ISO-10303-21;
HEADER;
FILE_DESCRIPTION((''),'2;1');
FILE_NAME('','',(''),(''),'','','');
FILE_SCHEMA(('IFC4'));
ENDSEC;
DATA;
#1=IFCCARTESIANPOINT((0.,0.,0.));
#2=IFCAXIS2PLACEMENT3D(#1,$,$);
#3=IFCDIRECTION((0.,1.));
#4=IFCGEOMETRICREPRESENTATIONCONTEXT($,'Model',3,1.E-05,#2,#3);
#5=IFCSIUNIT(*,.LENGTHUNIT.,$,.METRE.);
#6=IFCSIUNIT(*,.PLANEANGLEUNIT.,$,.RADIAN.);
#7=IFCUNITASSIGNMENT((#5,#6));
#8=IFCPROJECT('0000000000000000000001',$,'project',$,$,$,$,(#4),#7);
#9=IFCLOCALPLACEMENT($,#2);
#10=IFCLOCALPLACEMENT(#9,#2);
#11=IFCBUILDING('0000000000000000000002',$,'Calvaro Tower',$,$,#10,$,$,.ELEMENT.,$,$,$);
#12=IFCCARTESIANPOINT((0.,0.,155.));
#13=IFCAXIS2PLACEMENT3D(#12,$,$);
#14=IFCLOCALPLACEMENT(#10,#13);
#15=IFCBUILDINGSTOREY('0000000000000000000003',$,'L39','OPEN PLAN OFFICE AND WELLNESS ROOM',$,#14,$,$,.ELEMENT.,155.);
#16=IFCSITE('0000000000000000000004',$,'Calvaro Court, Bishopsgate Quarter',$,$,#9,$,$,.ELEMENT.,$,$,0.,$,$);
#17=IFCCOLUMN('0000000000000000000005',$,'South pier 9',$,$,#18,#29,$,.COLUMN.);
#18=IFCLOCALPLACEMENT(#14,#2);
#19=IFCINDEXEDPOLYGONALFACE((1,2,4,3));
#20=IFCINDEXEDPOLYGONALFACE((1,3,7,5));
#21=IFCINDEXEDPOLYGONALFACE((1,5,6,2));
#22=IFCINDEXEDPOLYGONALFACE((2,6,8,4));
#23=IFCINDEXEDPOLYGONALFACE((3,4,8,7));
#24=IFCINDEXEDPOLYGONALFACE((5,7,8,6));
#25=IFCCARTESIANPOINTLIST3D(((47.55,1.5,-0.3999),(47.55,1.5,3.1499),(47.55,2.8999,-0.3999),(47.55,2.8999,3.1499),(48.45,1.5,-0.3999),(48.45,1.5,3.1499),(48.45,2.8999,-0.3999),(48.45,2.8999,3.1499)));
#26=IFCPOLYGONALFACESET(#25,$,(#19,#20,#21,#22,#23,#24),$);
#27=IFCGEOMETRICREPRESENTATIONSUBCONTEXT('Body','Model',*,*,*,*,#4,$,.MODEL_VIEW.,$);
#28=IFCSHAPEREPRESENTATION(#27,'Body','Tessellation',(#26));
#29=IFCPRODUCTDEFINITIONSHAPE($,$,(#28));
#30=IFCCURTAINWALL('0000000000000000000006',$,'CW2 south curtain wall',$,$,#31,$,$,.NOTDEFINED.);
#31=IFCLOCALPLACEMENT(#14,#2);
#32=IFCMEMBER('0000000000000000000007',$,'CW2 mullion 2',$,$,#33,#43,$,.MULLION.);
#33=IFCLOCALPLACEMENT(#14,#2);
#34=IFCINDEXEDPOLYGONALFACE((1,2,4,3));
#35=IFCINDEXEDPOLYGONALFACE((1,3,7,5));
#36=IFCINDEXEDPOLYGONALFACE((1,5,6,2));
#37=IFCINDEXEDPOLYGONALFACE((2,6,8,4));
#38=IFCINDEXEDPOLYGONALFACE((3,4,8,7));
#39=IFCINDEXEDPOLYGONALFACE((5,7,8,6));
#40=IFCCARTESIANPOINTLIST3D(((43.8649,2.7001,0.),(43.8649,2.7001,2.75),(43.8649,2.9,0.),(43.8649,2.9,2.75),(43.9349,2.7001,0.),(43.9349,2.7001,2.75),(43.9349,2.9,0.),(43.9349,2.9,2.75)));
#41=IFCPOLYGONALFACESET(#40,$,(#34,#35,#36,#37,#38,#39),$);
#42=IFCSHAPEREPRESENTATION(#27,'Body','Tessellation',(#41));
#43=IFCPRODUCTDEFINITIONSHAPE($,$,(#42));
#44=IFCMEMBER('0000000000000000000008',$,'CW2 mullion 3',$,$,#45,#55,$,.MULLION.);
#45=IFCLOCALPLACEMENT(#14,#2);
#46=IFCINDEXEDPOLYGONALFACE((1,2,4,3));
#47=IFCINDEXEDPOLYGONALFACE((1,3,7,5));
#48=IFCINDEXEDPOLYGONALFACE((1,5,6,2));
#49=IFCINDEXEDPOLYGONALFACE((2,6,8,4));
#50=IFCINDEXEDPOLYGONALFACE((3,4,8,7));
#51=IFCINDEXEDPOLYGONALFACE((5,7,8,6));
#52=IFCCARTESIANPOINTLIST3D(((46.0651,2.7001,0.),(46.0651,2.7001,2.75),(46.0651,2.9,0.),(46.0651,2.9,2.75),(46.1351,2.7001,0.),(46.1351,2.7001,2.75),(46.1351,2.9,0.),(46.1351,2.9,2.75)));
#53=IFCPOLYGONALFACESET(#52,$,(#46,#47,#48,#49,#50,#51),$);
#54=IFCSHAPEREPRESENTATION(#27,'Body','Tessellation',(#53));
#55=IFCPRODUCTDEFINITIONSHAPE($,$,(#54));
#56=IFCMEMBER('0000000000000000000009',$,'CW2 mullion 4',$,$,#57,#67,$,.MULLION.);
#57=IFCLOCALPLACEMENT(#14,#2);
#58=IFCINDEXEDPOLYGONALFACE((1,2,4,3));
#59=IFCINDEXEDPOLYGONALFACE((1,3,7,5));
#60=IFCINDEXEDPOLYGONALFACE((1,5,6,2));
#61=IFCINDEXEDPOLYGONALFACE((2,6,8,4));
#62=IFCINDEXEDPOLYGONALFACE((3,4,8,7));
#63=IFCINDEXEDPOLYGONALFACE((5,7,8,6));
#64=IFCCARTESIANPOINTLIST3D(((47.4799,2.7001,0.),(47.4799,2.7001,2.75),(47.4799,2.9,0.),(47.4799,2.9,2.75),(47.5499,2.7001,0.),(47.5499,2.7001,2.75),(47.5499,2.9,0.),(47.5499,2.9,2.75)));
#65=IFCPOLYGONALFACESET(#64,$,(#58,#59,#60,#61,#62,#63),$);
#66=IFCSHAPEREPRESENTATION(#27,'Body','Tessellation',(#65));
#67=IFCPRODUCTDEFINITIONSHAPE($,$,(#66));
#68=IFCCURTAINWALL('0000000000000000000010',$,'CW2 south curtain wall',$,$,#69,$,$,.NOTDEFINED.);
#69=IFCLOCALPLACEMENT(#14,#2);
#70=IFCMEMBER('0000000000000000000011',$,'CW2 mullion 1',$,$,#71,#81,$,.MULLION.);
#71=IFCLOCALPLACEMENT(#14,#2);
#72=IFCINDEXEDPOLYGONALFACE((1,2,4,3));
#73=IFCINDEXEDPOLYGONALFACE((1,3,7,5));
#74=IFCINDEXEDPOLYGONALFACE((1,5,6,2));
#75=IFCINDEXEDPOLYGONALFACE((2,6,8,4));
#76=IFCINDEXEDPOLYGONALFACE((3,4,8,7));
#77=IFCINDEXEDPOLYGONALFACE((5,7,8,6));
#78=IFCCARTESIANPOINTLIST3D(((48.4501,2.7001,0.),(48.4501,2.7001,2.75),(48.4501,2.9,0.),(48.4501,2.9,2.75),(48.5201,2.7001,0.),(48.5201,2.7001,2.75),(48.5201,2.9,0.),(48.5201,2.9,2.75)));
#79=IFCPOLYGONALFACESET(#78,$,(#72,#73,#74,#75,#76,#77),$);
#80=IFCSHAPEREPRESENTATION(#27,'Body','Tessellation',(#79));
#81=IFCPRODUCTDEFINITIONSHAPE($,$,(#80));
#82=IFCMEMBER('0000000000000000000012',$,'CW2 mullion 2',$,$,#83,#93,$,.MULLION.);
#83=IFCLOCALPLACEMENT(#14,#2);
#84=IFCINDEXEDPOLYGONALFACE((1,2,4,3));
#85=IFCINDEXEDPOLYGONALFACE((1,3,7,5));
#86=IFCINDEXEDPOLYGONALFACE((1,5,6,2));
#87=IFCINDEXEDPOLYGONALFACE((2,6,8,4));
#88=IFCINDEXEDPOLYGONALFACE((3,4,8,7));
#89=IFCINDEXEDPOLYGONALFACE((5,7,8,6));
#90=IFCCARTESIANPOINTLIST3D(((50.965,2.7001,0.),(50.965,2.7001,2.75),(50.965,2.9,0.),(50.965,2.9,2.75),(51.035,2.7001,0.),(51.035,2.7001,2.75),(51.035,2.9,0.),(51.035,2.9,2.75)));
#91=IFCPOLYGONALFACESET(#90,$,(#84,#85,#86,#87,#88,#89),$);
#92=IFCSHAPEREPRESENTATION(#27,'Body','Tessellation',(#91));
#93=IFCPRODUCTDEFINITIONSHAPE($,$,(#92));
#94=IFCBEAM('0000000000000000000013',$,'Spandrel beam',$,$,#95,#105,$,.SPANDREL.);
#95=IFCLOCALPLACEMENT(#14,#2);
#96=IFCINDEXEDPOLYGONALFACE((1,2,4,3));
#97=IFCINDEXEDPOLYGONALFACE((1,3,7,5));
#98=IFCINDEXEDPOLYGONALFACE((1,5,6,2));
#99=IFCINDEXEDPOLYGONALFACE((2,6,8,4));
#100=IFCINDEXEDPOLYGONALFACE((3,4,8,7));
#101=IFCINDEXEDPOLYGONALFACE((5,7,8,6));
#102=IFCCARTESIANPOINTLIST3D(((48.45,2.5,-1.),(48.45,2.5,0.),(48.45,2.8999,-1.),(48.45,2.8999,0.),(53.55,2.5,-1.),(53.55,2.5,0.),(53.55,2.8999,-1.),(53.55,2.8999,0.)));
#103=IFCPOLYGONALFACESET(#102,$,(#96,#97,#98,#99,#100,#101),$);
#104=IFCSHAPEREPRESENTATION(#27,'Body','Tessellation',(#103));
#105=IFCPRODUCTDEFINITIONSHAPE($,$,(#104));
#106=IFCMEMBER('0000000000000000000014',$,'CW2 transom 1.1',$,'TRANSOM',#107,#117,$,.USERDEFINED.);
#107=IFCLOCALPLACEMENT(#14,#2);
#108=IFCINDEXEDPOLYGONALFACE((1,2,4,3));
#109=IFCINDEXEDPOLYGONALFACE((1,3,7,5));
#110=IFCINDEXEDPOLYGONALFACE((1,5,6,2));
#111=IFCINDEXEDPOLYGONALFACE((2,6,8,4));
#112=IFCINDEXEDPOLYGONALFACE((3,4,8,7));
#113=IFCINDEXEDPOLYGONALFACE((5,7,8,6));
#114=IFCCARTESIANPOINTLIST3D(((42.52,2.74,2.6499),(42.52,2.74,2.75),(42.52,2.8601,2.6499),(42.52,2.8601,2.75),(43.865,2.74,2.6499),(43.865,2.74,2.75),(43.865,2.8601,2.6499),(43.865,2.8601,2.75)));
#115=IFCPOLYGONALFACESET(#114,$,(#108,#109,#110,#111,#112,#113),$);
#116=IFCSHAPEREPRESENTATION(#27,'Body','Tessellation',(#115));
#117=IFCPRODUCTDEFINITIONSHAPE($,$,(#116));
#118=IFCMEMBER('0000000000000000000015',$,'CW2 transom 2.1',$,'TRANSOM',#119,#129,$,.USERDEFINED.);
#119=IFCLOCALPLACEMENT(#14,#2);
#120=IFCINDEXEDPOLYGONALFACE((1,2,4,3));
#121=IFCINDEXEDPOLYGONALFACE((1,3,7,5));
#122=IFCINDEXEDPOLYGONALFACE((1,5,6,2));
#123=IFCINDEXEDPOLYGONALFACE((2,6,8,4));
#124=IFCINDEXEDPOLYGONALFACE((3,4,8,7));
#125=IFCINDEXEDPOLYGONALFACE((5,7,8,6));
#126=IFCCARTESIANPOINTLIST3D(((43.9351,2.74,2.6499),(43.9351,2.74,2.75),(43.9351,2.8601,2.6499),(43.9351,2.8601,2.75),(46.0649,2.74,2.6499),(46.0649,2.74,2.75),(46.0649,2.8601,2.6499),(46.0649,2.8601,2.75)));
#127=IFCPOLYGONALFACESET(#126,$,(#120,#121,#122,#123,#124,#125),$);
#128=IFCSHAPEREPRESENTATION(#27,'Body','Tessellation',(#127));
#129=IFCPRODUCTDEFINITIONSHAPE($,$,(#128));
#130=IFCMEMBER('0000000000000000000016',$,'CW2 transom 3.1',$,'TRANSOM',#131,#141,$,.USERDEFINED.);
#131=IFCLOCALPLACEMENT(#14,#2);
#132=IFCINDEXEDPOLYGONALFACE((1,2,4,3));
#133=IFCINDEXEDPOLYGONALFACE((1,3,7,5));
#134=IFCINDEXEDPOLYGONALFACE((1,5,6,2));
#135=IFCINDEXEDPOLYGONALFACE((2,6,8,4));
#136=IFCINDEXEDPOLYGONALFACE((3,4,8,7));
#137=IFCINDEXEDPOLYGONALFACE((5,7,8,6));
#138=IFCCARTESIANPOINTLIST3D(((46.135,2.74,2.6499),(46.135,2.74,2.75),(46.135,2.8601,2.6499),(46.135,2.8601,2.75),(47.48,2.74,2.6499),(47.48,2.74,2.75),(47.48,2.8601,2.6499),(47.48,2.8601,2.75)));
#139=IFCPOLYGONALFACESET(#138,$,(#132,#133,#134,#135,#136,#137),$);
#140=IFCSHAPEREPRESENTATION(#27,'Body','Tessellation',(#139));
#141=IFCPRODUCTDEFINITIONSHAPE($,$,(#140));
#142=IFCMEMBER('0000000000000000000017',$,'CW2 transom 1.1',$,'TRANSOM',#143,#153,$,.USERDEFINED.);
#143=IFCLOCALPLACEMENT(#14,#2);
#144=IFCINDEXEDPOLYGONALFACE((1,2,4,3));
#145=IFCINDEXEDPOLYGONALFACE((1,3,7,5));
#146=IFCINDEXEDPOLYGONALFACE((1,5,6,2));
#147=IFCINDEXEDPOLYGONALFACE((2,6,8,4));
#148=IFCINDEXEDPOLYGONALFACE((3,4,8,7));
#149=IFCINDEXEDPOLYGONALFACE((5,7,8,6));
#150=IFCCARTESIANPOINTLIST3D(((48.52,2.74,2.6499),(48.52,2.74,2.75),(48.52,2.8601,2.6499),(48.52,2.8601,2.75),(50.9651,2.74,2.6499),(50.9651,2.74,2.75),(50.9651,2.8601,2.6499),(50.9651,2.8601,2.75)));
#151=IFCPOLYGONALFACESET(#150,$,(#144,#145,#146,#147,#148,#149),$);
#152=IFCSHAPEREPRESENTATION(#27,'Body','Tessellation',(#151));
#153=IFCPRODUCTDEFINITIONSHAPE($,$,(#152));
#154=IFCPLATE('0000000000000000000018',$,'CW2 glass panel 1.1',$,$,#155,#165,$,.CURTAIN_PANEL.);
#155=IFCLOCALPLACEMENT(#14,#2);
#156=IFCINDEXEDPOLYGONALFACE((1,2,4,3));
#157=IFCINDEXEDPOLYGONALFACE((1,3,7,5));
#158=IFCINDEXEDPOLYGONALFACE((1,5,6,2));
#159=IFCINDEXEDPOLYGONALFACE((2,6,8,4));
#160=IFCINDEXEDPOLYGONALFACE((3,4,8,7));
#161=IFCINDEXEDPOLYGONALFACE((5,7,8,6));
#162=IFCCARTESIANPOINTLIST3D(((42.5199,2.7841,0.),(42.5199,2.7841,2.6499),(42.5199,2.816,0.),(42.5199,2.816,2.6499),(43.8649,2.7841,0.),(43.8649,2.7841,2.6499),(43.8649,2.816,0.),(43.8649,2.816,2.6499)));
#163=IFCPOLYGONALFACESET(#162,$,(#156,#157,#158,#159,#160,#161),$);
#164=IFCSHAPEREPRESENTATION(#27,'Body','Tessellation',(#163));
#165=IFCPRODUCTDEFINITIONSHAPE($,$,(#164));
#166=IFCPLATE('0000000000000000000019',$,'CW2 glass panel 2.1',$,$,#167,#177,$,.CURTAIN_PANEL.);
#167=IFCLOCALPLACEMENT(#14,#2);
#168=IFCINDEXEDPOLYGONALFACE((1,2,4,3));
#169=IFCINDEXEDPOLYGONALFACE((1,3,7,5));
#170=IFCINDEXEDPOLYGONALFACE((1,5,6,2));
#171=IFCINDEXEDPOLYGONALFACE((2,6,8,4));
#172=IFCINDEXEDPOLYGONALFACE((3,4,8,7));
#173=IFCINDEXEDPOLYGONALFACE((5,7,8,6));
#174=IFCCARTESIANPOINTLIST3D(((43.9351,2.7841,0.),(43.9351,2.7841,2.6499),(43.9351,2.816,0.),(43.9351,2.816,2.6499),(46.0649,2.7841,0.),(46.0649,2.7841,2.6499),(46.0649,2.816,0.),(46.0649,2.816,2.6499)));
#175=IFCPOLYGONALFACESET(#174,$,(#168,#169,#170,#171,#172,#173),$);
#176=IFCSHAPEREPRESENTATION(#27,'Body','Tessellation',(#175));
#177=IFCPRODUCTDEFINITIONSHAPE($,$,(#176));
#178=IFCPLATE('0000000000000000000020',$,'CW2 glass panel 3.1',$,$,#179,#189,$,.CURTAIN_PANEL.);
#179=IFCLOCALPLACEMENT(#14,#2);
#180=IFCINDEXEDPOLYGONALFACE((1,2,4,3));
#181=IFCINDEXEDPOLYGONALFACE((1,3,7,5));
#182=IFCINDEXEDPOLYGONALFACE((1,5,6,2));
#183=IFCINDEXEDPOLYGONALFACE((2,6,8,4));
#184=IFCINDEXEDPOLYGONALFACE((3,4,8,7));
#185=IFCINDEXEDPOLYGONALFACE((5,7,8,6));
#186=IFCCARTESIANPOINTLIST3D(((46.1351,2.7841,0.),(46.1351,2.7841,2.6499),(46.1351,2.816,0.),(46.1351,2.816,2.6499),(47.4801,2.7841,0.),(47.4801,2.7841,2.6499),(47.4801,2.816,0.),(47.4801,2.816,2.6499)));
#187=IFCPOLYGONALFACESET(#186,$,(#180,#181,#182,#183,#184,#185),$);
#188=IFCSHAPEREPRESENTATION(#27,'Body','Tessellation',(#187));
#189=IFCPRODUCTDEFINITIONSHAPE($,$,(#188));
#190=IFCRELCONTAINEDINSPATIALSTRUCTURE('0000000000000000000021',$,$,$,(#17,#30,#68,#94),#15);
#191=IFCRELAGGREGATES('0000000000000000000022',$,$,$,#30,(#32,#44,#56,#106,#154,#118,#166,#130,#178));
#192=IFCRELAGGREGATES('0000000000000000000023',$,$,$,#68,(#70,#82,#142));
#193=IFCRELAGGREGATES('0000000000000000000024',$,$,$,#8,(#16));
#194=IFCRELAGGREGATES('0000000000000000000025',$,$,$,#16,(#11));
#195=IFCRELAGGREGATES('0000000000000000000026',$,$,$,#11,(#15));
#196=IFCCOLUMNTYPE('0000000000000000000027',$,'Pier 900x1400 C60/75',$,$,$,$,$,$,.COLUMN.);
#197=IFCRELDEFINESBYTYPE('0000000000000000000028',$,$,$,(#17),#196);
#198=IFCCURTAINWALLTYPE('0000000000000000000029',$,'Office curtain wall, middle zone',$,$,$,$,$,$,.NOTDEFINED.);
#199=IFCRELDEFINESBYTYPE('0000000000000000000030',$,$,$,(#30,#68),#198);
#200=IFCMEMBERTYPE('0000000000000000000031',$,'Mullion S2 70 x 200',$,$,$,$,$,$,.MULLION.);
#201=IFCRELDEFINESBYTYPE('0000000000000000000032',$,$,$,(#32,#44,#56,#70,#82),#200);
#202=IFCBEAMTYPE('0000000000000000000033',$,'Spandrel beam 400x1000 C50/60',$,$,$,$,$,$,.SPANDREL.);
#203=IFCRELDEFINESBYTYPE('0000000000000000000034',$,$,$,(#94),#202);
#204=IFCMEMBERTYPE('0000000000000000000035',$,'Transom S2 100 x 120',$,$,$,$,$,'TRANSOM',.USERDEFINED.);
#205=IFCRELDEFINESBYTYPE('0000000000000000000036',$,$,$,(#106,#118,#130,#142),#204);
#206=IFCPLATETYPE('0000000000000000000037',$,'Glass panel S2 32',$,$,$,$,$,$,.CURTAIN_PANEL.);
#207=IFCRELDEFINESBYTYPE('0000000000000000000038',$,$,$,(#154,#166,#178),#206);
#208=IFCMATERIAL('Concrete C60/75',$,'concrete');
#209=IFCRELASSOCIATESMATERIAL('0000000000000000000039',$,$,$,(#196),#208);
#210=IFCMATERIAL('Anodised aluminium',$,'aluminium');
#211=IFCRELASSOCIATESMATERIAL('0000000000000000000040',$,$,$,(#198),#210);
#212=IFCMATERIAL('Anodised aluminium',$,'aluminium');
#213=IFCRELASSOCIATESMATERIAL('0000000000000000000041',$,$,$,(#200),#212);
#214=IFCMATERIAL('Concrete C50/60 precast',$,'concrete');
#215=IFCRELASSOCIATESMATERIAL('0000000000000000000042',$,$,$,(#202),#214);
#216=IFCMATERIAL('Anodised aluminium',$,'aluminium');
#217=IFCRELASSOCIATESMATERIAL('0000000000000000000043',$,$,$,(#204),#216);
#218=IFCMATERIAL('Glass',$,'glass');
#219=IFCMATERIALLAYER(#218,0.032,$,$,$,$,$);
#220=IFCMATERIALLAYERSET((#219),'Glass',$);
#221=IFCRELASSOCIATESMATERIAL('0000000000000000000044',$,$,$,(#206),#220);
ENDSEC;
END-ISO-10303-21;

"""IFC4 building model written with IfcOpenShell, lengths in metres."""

from ifc_helpers import new_model, si_unit, direction, frame, origin, origin_2d, place, context, subcontext, project, spatial, rectangle, extrude, material, layer, layer_set, material_profile, profile_set, type_object, element, aggregate, save


model = new_model("IFC4")

# Units and contexts
model_context = context("Model", 3, precision=1e-05, world=origin(), true_north=direction((0.0, 1.0)))
body_context = subcontext(model_context, "Body", "Model", "MODEL_VIEW")
ifc_project = project(units=[si_unit("LENGTHUNIT", "METRE"), si_unit("PLANEANGLEUNIT", "RADIAN")], contexts=[model_context])

# Site, building, storey
site_placement = place(None, origin())
site = spatial("IfcSite", under=ifc_project, at=site_placement, Name="Calvaro Court, Bishopsgate Quarter", CompositionType="ELEMENT", RefElevation=0.0)
building_placement = place(site_placement, origin())
building = spatial("IfcBuilding", under=site, at=building_placement, Name="Calvaro Tower", CompositionType="ELEMENT")
storey_placement = place(building_placement, frame((0.0, 0.0, 155.0)))
storey = spatial("IfcBuildingStorey", under=building, at=storey_placement, Name="L39", Description="OPEN PLAN OFFICE AND WELLNESS ROOM", CompositionType="ELEMENT", Elevation=155.0)

# Column
ifc_material_1 = material(Name="Concrete C60/75", Category="concrete")
ifc_material_profile_1 = material_profile(ifc_material_1, rectangle(XDim=0.8999, YDim=1.3999, at=origin_2d()), Name="RC 900x1400")
ifc_profile_set_1 = profile_set([ifc_material_profile_1], Name="Concrete C60/75")
column_type = type_object("IfcColumnType", Name="Pier 900x1400 C60/75", PredefinedType="COLUMN", material=ifc_profile_set_1)
column_placement = place(storey_placement, frame((48.0, 2.2, -0.3999), z_axis=(0.0, 0.0, 1.0), x_axis=(1.0, 0.0, 0.0)))
element("IfcColumn", 1, at=column_placement, inside=storey, type_object=column_type, Name="South pier 9", PredefinedType="COLUMN", context=body_context, shape_type="SweptSolid", body=[
    extrude(rectangle(XDim=0.8999, YDim=1.3999, at=origin_2d()), origin(), (0.0, 0.0, 1.0), 3.5498),
])

# Curtain walls, members
ifc_material_2 = material(Name="Anodised aluminium", Category="aluminium")
curtain_wall_type = type_object("IfcCurtainWallType", Name="Office curtain wall, middle zone", PredefinedType="NOTDEFINED", material=ifc_material_2)
curtain_wall_1_placement = place(storey_placement, origin())
curtain_wall_1 = element("IfcCurtainWall", 2, at=curtain_wall_1_placement, inside=storey, type_object=curtain_wall_type, Name="CW2 south curtain wall", PredefinedType="NOTDEFINED")
ifc_material_3 = material(Name="Anodised aluminium", Category="aluminium")
ifc_material_profile_2 = material_profile(ifc_material_3, rectangle(XDim=0.2, YDim=0.0701, at=origin_2d()), Name="Mullion S2 70 x 200")
ifc_profile_set_2 = profile_set([ifc_material_profile_2], Name="Anodised aluminium")
member_type_1 = type_object("IfcMemberType", Name="Mullion S2 70 x 200", PredefinedType="MULLION", material=ifc_profile_set_2)
member_1_placement = place(storey_placement, frame((43.8999, 2.8, 0.0), z_axis=(0.0, 0.0, 1.0), x_axis=(0.0, 1.0, 0.0)))
member_1 = element("IfcMember", 3, at=member_1_placement, type_object=member_type_1, Name="CW2 mullion 2", PredefinedType="MULLION", context=body_context, shape_type="SweptSolid", body=[
    extrude(rectangle(XDim=0.2, YDim=0.0701, at=origin_2d()), origin(), (0.0, 0.0, 1.0), 2.75),
])
member_2_placement = place(storey_placement, frame((46.1001, 2.8, 0.0), z_axis=(0.0, 0.0, 1.0), x_axis=(0.0, 1.0, 0.0)))
member_2 = element("IfcMember", 4, at=member_2_placement, type_object=member_type_1, Name="CW2 mullion 3", PredefinedType="MULLION", context=body_context, shape_type="SweptSolid", body=[
    extrude(rectangle(XDim=0.2, YDim=0.0701, at=origin_2d()), origin(), (0.0, 0.0, 1.0), 2.75),
])
member_3_placement = place(storey_placement, frame((47.5149, 2.8, 0.0), z_axis=(0.0, 0.0, 1.0), x_axis=(0.0, 1.0, 0.0)))
member_3 = element("IfcMember", 5, at=member_3_placement, type_object=member_type_1, Name="CW2 mullion 4", PredefinedType="MULLION", context=body_context, shape_type="SweptSolid", body=[
    extrude(rectangle(XDim=0.2, YDim=0.0701, at=origin_2d()), origin(), (0.0, 0.0, 1.0), 2.75),
])
curtain_wall_2_placement = place(storey_placement, origin())
curtain_wall_2 = element("IfcCurtainWall", 6, at=curtain_wall_2_placement, inside=storey, type_object=curtain_wall_type, Name="CW2 south curtain wall", PredefinedType="NOTDEFINED")
member_4_placement = place(storey_placement, frame((48.4851, 2.8, 0.0), z_axis=(0.0, 0.0, 1.0), x_axis=(0.0, 1.0, 0.0)))
member_4 = element("IfcMember", 7, at=member_4_placement, type_object=member_type_1, Name="CW2 mullion 1", PredefinedType="MULLION", context=body_context, shape_type="SweptSolid", body=[
    extrude(rectangle(XDim=0.2, YDim=0.0701, at=origin_2d()), origin(), (0.0, 0.0, 1.0), 2.75),
])
member_5_placement = place(storey_placement, frame((51.0, 2.8, 0.0), z_axis=(0.0, 0.0, 1.0), x_axis=(0.0, 1.0, 0.0)))
member_5 = element("IfcMember", 8, at=member_5_placement, type_object=member_type_1, Name="CW2 mullion 2", PredefinedType="MULLION", context=body_context, shape_type="SweptSolid", body=[
    extrude(rectangle(XDim=0.2, YDim=0.0701, at=origin_2d()), origin(), (0.0, 0.0, 1.0), 2.75),
])

# Beam
ifc_material_4 = material(Name="Concrete C50/60 precast", Category="concrete")
ifc_material_profile_3 = material_profile(ifc_material_4, rectangle(XDim=0.3999, YDim=1.0, at=origin_2d()), Name="RC 400x1000")
ifc_profile_set_3 = profile_set([ifc_material_profile_3], Name="Concrete C50/60 precast")
beam_type = type_object("IfcBeamType", Name="Spandrel beam 400x1000 C50/60", PredefinedType="SPANDREL", material=ifc_profile_set_3)
beam_placement = place(storey_placement, frame((48.45, 2.7, -0.5), z_axis=(1.0, 0.0, 0.0), x_axis=(0.0, 1.0, 0.0)))
element("IfcBeam", 9, at=beam_placement, inside=storey, type_object=beam_type, Name="Spandrel beam", PredefinedType="SPANDREL", context=body_context, shape_type="SweptSolid", body=[
    extrude(rectangle(XDim=0.3999, YDim=1.0, at=origin_2d()), origin(), (0.0, 0.0, 1.0), 5.1001),
])

# Members
ifc_material_5 = material(Name="Anodised aluminium", Category="aluminium")
ifc_material_profile_4 = material_profile(ifc_material_5, rectangle(XDim=0.1201, YDim=0.1001, at=origin_2d()), Name="Transom S2 100 x 120")
ifc_profile_set_4 = profile_set([ifc_material_profile_4], Name="Anodised aluminium")
member_type_2 = type_object("IfcMemberType", Name="Transom S2 100 x 120", ElementType="TRANSOM", PredefinedType="USERDEFINED", material=ifc_profile_set_4)
member_6_placement = place(storey_placement, frame((42.52, 2.8, 2.7), z_axis=(1.0, 0.0, 0.0), x_axis=(0.0, 1.0, 0.0)))
member_6 = element("IfcMember", 10, at=member_6_placement, type_object=member_type_2, Name="CW2 transom 1.1", ObjectType="TRANSOM", PredefinedType="USERDEFINED", context=body_context, shape_type="SweptSolid", body=[
    extrude(rectangle(XDim=0.1201, YDim=0.1001, at=origin_2d()), origin(), (0.0, 0.0, 1.0), 1.345),
])
member_7_placement = place(storey_placement, frame((43.9351, 2.8, 2.7), z_axis=(1.0, 0.0, 0.0), x_axis=(0.0, 1.0, 0.0)))
member_7 = element("IfcMember", 11, at=member_7_placement, type_object=member_type_2, Name="CW2 transom 2.1", ObjectType="TRANSOM", PredefinedType="USERDEFINED", context=body_context, shape_type="SweptSolid", body=[
    extrude(rectangle(XDim=0.1201, YDim=0.1001, at=origin_2d()), origin(), (0.0, 0.0, 1.0), 2.1299),
])
member_8_placement = place(storey_placement, frame((46.135, 2.8, 2.7), z_axis=(1.0, 0.0, 0.0), x_axis=(0.0, 1.0, 0.0)))
member_8 = element("IfcMember", 12, at=member_8_placement, type_object=member_type_2, Name="CW2 transom 3.1", ObjectType="TRANSOM", PredefinedType="USERDEFINED", context=body_context, shape_type="SweptSolid", body=[
    extrude(rectangle(XDim=0.1201, YDim=0.1001, at=origin_2d()), origin(), (0.0, 0.0, 1.0), 1.345),
])
member_9_placement = place(storey_placement, frame((48.52, 2.8, 2.7), z_axis=(1.0, 0.0, 0.0), x_axis=(0.0, 1.0, 0.0)))
member_9 = element("IfcMember", 13, at=member_9_placement, type_object=member_type_2, Name="CW2 transom 1.1", ObjectType="TRANSOM", PredefinedType="USERDEFINED", context=body_context, shape_type="SweptSolid", body=[
    extrude(rectangle(XDim=0.1201, YDim=0.1001, at=origin_2d()), origin(), (0.0, 0.0, 1.0), 2.4451),
])

# Plates
ifc_material_6 = material(Name="Glass", Category="glass")
ifc_layer_1 = layer(ifc_material_6, 0.032)
ifc_layer_set_1 = layer_set([ifc_layer_1], Name="Glass")
plate_type = type_object("IfcPlateType", Name="Glass panel S2 32", PredefinedType="CURTAIN_PANEL", material=ifc_layer_set_1)
plate_1_placement = place(storey_placement, frame((43.1924, 2.8, 0.0), z_axis=(0.0, 0.0, 1.0), x_axis=(1.0, 0.0, 0.0)))
plate_1 = element("IfcPlate", 14, at=plate_1_placement, type_object=plate_type, Name="CW2 glass panel 1.1", PredefinedType="CURTAIN_PANEL", context=body_context, shape_type="SweptSolid", body=[
    extrude(rectangle(XDim=1.345, YDim=0.032, at=origin_2d()), origin(), (0.0, 0.0, 1.0), 2.6499),
])
plate_2_placement = place(storey_placement, frame((45.0, 2.8, 0.0), z_axis=(0.0, 0.0, 1.0), x_axis=(1.0, 0.0, 0.0)))
plate_2 = element("IfcPlate", 15, at=plate_2_placement, type_object=plate_type, Name="CW2 glass panel 2.1", PredefinedType="CURTAIN_PANEL", context=body_context, shape_type="SweptSolid", body=[
    extrude(rectangle(XDim=2.1299, YDim=0.032, at=origin_2d()), origin(), (0.0, 0.0, 1.0), 2.6499),
])
plate_3_placement = place(storey_placement, frame((46.8076, 2.8, 0.0), z_axis=(0.0, 0.0, 1.0), x_axis=(1.0, 0.0, 0.0)))
plate_3 = element("IfcPlate", 16, at=plate_3_placement, type_object=plate_type, Name="CW2 glass panel 3.1", PredefinedType="CURTAIN_PANEL", context=body_context, shape_type="SweptSolid", body=[
    extrude(rectangle(XDim=1.345, YDim=0.032, at=origin_2d()), origin(), (0.0, 0.0, 1.0), 2.6499),
])
aggregate(curtain_wall_1, [member_1, member_2, member_3, member_6, plate_1, member_7, plate_2, member_8, plate_3])
aggregate(curtain_wall_2, [member_4, member_5, member_9])

save(model, "model.ifc")
